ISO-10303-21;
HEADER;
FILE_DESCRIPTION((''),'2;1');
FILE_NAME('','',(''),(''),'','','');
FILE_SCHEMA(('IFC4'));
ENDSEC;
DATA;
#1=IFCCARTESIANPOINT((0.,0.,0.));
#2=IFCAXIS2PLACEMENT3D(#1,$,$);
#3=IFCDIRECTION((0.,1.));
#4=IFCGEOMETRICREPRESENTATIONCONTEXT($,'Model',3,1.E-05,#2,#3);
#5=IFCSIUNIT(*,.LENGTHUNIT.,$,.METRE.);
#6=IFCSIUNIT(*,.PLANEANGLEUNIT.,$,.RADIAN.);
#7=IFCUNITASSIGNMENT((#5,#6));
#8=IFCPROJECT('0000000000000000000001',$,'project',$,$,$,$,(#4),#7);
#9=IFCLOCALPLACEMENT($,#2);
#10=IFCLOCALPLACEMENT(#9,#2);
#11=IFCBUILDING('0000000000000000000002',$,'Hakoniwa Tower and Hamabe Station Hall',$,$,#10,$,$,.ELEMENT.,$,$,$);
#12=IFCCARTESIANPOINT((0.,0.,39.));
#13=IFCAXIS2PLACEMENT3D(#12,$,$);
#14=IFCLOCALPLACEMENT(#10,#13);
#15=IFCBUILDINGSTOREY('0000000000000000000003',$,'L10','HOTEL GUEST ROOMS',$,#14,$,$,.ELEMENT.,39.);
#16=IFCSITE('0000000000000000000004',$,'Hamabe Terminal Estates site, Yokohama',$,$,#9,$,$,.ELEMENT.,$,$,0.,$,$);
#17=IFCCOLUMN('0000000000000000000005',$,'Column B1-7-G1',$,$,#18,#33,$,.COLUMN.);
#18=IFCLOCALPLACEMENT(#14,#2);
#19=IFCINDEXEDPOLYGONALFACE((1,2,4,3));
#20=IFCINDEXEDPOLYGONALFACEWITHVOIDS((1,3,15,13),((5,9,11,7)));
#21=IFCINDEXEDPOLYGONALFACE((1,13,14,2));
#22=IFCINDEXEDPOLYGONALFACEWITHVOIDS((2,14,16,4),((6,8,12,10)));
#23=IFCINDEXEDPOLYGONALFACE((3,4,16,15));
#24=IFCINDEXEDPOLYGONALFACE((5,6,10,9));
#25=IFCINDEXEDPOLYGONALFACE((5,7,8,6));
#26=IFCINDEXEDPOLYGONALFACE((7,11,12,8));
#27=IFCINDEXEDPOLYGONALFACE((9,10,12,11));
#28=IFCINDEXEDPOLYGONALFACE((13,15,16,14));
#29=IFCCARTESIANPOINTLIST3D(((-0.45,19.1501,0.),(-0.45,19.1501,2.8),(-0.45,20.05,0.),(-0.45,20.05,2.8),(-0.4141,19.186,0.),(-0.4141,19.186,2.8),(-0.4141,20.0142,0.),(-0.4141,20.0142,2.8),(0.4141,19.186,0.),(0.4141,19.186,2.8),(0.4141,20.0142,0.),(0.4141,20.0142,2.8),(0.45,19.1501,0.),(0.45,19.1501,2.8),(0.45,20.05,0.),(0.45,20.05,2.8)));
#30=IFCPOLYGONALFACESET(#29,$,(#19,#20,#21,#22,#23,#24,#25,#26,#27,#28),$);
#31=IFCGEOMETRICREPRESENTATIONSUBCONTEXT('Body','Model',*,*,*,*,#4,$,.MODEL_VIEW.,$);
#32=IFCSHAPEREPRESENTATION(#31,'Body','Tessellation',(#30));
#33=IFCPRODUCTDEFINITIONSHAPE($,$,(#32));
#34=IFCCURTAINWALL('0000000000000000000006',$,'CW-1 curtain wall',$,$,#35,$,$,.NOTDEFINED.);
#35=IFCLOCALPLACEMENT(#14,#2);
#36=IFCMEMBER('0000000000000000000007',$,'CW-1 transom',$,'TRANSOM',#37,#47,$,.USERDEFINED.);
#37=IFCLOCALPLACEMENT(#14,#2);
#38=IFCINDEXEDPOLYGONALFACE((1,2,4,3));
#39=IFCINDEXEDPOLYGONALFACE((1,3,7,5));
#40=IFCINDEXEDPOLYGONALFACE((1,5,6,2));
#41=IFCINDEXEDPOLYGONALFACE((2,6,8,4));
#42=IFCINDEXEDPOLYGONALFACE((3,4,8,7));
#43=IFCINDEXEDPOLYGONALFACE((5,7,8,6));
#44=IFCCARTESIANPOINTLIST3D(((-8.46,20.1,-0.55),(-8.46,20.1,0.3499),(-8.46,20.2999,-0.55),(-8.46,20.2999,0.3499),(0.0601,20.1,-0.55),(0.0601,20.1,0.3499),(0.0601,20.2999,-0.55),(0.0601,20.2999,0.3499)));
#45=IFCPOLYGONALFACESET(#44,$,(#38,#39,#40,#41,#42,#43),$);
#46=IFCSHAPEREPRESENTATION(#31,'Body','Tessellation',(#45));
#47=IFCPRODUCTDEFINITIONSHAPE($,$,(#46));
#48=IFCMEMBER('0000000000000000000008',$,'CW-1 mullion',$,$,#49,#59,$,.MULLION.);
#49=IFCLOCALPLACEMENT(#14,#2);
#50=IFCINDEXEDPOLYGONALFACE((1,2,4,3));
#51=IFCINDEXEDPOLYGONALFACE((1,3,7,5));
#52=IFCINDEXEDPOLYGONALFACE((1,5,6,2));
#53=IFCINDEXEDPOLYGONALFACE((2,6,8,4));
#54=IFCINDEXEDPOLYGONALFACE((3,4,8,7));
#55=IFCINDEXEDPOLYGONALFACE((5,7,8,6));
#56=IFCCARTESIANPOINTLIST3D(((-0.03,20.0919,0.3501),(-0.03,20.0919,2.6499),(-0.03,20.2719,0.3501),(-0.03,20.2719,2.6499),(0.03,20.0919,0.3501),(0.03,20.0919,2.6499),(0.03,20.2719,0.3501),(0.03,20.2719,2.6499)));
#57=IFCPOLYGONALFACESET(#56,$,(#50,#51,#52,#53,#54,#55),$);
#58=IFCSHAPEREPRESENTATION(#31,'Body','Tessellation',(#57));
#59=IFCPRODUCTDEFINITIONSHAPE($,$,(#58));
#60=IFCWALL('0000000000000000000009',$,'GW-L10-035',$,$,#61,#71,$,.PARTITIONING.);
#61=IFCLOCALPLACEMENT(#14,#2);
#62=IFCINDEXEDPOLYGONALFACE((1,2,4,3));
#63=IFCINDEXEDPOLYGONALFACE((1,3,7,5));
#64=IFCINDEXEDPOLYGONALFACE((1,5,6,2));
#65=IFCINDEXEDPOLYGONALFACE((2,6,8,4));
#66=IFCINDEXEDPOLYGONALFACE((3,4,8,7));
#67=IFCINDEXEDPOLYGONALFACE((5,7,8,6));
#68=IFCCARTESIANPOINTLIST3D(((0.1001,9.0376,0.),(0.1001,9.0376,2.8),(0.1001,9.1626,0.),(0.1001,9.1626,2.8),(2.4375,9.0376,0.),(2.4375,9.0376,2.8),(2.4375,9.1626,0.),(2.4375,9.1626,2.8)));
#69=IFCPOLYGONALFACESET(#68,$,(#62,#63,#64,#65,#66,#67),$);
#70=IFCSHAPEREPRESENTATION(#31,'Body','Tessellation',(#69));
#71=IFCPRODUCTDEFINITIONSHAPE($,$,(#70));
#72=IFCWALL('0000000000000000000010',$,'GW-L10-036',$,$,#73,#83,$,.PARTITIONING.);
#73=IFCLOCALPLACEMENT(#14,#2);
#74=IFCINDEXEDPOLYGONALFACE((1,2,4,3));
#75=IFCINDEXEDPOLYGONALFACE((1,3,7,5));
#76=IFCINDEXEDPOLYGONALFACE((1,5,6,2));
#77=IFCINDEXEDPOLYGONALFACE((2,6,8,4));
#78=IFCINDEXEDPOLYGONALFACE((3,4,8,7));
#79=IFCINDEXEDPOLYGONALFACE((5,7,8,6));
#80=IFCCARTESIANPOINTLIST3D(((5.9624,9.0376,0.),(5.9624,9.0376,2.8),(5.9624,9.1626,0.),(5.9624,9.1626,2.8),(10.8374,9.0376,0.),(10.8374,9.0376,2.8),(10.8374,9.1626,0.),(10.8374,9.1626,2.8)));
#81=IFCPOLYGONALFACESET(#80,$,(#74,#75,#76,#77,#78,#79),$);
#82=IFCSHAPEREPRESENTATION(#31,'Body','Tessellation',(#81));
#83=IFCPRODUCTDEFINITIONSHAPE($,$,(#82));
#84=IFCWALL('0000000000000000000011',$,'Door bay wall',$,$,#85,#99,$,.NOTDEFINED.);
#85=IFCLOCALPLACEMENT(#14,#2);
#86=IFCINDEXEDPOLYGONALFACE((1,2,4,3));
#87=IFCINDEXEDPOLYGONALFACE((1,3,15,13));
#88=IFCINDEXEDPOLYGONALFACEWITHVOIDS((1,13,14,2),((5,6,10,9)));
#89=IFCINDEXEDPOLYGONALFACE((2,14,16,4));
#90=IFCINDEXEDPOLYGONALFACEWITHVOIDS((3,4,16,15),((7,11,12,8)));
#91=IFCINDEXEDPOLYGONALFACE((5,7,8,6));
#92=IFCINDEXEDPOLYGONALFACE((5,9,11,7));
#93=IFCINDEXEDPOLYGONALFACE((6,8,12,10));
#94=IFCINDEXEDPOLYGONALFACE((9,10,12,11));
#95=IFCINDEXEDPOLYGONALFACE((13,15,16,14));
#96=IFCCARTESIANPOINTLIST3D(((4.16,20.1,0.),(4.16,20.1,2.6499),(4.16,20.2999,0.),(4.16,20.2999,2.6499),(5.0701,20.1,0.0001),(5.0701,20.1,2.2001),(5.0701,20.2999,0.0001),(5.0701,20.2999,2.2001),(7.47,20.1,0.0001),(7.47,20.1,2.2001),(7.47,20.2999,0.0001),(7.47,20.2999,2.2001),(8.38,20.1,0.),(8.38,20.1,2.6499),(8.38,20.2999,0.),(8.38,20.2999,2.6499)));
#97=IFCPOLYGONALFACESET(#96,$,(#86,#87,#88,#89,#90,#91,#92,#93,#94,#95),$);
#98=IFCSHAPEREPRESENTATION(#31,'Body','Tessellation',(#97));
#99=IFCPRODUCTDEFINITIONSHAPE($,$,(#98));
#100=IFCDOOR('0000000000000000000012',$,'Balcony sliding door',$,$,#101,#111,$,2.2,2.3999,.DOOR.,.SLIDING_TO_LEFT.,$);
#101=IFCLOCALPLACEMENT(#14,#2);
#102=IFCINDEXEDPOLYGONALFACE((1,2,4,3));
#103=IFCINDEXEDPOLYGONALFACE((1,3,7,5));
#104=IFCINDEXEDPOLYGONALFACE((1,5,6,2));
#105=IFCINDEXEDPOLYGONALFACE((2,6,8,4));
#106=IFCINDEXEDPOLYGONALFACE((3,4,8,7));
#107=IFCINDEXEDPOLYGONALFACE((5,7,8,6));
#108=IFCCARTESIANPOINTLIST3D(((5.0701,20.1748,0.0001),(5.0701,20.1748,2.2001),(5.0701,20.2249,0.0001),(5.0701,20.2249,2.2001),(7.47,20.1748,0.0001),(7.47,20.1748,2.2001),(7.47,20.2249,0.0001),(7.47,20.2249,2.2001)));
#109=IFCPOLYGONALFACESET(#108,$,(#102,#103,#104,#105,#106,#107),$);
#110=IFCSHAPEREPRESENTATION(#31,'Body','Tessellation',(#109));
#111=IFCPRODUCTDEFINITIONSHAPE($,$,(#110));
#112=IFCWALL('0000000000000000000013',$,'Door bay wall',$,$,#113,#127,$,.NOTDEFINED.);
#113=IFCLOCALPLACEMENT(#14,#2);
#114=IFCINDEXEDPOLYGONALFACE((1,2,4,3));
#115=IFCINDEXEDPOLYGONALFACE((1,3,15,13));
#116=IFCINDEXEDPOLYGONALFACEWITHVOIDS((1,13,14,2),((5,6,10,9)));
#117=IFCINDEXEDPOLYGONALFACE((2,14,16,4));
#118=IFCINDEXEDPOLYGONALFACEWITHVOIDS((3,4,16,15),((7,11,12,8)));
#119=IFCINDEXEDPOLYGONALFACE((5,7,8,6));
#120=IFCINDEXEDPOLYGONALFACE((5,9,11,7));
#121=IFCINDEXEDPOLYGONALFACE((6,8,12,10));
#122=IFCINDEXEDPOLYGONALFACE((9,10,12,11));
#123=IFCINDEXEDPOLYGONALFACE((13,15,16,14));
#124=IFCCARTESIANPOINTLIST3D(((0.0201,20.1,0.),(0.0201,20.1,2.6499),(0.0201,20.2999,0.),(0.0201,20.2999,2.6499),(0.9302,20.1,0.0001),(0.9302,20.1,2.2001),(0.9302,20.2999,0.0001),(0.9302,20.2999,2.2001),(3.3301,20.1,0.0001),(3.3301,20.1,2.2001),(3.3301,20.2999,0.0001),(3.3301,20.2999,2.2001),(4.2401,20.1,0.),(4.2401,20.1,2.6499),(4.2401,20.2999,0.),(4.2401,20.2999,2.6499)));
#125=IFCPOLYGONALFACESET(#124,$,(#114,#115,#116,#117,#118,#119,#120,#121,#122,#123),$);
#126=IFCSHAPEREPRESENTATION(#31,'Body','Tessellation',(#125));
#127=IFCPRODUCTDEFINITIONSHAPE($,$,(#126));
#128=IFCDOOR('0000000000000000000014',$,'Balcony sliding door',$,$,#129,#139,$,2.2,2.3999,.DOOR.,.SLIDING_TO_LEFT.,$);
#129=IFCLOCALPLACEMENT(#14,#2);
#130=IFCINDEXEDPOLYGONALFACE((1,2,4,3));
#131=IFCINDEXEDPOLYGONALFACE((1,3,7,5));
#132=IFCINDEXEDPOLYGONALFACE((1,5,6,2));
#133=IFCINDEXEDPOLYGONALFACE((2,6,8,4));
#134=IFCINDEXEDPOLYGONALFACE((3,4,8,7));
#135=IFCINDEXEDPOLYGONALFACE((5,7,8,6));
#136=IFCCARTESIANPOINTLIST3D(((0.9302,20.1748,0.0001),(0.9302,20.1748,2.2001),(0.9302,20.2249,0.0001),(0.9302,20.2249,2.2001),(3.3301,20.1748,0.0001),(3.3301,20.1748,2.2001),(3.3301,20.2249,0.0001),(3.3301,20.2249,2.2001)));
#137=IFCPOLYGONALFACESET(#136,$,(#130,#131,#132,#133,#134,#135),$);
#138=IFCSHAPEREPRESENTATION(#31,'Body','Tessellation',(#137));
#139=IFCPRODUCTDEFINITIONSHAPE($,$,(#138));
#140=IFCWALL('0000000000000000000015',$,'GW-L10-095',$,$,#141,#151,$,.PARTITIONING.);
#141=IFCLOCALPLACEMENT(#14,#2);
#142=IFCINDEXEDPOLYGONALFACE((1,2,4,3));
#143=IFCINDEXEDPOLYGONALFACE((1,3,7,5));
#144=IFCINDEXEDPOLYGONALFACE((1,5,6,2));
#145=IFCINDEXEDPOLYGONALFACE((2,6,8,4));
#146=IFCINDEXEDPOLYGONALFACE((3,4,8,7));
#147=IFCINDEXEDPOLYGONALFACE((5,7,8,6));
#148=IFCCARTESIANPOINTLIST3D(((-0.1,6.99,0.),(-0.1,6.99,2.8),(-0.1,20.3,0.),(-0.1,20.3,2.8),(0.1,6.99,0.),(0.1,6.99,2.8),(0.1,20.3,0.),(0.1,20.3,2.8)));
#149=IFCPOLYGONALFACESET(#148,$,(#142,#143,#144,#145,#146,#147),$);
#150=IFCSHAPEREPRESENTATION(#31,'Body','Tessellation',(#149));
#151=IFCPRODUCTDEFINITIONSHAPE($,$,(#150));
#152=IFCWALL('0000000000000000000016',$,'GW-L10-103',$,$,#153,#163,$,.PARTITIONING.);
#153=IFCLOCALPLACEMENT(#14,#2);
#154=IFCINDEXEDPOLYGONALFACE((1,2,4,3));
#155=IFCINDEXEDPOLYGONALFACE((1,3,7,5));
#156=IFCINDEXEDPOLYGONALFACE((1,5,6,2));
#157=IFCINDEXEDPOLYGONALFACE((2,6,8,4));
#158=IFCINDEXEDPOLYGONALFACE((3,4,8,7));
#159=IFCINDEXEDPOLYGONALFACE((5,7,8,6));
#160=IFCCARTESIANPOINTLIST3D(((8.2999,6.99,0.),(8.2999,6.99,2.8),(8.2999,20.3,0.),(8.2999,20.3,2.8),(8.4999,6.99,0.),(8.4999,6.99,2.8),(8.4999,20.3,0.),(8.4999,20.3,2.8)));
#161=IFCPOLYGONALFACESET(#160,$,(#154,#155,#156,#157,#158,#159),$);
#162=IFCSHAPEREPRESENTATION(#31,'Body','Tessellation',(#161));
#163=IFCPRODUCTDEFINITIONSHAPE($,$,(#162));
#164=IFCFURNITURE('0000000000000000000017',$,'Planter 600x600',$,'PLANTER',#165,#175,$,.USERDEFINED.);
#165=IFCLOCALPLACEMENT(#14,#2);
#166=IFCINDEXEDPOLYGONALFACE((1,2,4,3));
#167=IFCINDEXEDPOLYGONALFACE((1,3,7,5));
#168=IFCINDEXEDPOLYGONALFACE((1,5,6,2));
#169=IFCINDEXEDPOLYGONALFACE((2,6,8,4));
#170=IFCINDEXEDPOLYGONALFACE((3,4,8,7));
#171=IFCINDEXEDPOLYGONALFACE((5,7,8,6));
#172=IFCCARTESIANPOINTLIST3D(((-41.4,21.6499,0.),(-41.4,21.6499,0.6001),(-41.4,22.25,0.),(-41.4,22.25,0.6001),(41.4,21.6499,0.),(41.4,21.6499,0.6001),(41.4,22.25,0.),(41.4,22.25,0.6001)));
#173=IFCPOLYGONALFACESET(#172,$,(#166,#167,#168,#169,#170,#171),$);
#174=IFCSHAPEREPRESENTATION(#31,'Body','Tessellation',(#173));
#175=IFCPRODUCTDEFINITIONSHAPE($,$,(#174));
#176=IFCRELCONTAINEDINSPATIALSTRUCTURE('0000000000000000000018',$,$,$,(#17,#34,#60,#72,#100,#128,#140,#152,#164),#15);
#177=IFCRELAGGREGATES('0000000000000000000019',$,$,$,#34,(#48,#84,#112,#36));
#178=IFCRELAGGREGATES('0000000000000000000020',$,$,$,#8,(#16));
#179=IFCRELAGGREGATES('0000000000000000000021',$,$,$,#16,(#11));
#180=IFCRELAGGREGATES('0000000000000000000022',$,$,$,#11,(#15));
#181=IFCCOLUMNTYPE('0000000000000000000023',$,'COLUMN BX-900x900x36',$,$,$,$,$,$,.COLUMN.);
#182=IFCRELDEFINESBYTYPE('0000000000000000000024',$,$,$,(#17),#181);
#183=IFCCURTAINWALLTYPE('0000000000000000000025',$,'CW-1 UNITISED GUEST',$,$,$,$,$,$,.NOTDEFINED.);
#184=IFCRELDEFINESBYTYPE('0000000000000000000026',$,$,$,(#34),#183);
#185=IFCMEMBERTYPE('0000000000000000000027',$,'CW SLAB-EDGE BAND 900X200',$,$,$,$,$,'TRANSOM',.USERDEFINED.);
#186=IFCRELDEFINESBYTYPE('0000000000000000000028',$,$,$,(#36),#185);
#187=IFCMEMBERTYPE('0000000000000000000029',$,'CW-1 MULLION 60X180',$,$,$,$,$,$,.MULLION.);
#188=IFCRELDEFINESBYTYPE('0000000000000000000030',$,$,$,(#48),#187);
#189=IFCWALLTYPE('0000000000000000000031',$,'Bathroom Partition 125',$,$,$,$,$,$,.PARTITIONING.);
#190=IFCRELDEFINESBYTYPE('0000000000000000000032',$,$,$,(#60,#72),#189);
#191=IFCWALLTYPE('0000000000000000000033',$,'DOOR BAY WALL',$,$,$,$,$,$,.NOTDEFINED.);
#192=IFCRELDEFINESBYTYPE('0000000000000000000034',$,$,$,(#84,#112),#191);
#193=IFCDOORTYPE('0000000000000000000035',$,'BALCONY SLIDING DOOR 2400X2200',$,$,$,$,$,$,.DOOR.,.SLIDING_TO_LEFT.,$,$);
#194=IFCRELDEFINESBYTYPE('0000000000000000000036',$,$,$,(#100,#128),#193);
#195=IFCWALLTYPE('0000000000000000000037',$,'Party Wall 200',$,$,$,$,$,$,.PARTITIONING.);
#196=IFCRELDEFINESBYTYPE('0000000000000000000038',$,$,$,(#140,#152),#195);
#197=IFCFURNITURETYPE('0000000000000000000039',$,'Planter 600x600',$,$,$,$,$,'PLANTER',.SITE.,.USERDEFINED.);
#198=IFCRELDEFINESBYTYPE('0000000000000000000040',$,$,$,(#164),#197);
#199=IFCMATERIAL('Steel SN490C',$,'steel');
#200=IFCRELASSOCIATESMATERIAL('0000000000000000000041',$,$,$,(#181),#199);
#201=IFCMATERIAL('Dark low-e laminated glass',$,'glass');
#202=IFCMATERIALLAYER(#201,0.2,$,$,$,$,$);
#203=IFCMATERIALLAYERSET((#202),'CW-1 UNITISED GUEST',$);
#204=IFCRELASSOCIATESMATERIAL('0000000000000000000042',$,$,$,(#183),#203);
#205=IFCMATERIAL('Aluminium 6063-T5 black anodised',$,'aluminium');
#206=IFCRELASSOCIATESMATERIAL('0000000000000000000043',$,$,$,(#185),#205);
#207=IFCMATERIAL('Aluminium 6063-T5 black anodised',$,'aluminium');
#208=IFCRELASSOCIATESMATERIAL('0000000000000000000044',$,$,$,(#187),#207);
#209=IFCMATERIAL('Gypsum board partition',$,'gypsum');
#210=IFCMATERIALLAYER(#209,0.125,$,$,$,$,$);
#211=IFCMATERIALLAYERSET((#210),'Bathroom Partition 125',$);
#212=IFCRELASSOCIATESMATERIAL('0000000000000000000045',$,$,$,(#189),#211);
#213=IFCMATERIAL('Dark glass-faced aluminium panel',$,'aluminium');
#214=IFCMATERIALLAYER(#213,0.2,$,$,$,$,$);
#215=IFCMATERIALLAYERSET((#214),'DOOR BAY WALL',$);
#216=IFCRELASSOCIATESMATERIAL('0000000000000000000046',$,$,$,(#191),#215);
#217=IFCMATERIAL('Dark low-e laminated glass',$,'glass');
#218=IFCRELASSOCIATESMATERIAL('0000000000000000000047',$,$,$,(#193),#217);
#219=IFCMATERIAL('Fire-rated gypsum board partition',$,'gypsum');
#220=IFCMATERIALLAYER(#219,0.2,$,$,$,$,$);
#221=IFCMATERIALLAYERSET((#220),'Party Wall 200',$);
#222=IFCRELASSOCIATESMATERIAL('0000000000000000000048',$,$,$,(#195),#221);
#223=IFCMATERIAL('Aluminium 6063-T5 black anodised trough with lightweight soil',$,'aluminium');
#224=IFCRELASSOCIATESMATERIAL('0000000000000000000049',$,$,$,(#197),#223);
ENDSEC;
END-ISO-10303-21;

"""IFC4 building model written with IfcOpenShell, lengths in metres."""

from ifc_helpers import new_model, si_unit, direction, frame, frame_2d, origin, origin_2d, place, context, subcontext, project, spatial, rectangle, hollow_rectangle, extrude, material, layer, layer_set, material_profile, profile_set, type_object, element, fill, aggregate, save


model = new_model("IFC4")

# Units and contexts
model_context = context("Model", 3, precision=1e-05, world=origin(), true_north=direction((0.0, 1.0)))
body_context = subcontext(model_context, "Body", "Model", "MODEL_VIEW")
ifc_project = project(units=[si_unit("LENGTHUNIT", "METRE"), si_unit("PLANEANGLEUNIT", "RADIAN")], contexts=[model_context])

# Site, building, storey
site_placement = place(None, origin())
site = spatial("IfcSite", under=ifc_project, at=site_placement, Name="Hamabe Terminal Estates site, Yokohama", CompositionType="ELEMENT", RefElevation=0.0)
building_placement = place(site_placement, origin())
building = spatial("IfcBuilding", under=site, at=building_placement, Name="Hakoniwa Tower and Hamabe Station Hall", CompositionType="ELEMENT")
storey_placement = place(building_placement, frame((0.0, 0.0, 39.0)))
storey = spatial("IfcBuildingStorey", under=building, at=storey_placement, Name="L10", Description="HOTEL GUEST ROOMS", CompositionType="ELEMENT", Elevation=39.0)

# Column
ifc_material_1 = material(Name="Steel SN490C", Category="steel")
ifc_material_profile_1 = material_profile(ifc_material_1, hollow_rectangle(XDim=0.8999, YDim=0.8999, WallThickness=0.0359, at=origin_2d()), Name="BX-900x900x36")
ifc_profile_set_1 = profile_set([ifc_material_profile_1], Name="Steel SN490C")
column_type = type_object("IfcColumnType", Name="COLUMN BX-900x900x36", PredefinedType="COLUMN", material=ifc_profile_set_1)
column_placement = place(storey_placement, frame((0.0, 19.6001, 0.0), z_axis=(0.0, 0.0, 1.0), x_axis=(1.0, 0.0, 0.0)))
element("IfcColumn", 1, at=column_placement, inside=storey, type_object=column_type, Name="Column B1-7-G1", PredefinedType="COLUMN", context=body_context, shape_type="SweptSolid", body=[
    extrude(hollow_rectangle(XDim=0.8999, YDim=0.8999, WallThickness=0.0359, at=origin_2d()), origin(), (0.0, 0.0, 1.0), 2.8),
])

# Curtain wall, members
ifc_material_2 = material(Name="Dark low-e laminated glass", Category="glass")
ifc_layer_1 = layer(ifc_material_2, 0.2)
ifc_layer_set_1 = layer_set([ifc_layer_1], Name="CW-1 UNITISED GUEST")
curtain_wall_type = type_object("IfcCurtainWallType", Name="CW-1 UNITISED GUEST", PredefinedType="NOTDEFINED", material=ifc_layer_set_1)
curtain_wall_placement = place(storey_placement, origin())
curtain_wall = element("IfcCurtainWall", 2, at=curtain_wall_placement, inside=storey, type_object=curtain_wall_type, Name="CW-1 curtain wall", PredefinedType="NOTDEFINED")
ifc_material_3 = material(Name="Aluminium 6063-T5 black anodised", Category="aluminium")
ifc_material_profile_2 = material_profile(ifc_material_3, rectangle(XDim=0.2, YDim=0.8999, at=origin_2d()), Name="CW SLAB-EDGE BAND 900X200")
ifc_profile_set_2 = profile_set([ifc_material_profile_2], Name="Aluminium 6063-T5 black anodised")
member_type_1 = type_object("IfcMemberType", Name="CW SLAB-EDGE BAND 900X200", ElementType="TRANSOM", PredefinedType="USERDEFINED", material=ifc_profile_set_2)
member_1_placement = place(storey_placement, frame((0.0601, 20.2, -0.1001), z_axis=(-1.0, 0.0, 0.0), x_axis=(0.0, -1.0, 0.0)))
member_1 = element("IfcMember", 3, at=member_1_placement, type_object=member_type_1, Name="CW-1 transom", ObjectType="TRANSOM", PredefinedType="USERDEFINED", context=body_context, shape_type="SweptSolid", body=[
    extrude(rectangle(XDim=0.2, YDim=0.8999, at=origin_2d()), origin(), (0.0, 0.0, 1.0), 8.52),
])
ifc_material_4 = material(Name="Aluminium 6063-T5 black anodised", Category="aluminium")
ifc_material_profile_3 = material_profile(ifc_material_4, rectangle(XDim=0.0601, YDim=0.1799, at=origin_2d()), Name="CW-1 MULLION 60X180")
ifc_profile_set_3 = profile_set([ifc_material_profile_3], Name="Aluminium 6063-T5 black anodised")
member_type_2 = type_object("IfcMemberType", Name="CW-1 MULLION 60X180", PredefinedType="MULLION", material=ifc_profile_set_3)
member_2_placement = place(storey_placement, frame((0.0, 20.1819, 0.3501), z_axis=(0.0, 0.0, 1.0), x_axis=(-1.0, 0.0, 0.0)))
member_2 = element("IfcMember", 4, at=member_2_placement, type_object=member_type_2, Name="CW-1 mullion", PredefinedType="MULLION", context=body_context, shape_type="SweptSolid", body=[
    extrude(rectangle(XDim=0.0601, YDim=0.1799, at=origin_2d()), origin(), (0.0, 0.0, 1.0), 2.2998),
])

# Walls
ifc_material_5 = material(Name="Gypsum board partition", Category="gypsum")
ifc_layer_2 = layer(ifc_material_5, 0.125)
ifc_layer_set_2 = layer_set([ifc_layer_2], Name="Bathroom Partition 125")
wall_type_1 = type_object("IfcWallType", Name="Bathroom Partition 125", PredefinedType="PARTITIONING", material=ifc_layer_set_2)
wall_1_placement = place(storey_placement, frame((0.1001, 9.1001, 0.0), z_axis=(0.0, 0.0, 1.0), x_axis=(1.0, 0.0, 0.0)))
element("IfcWall", 5, at=wall_1_placement, inside=storey, type_object=wall_type_1, Name="GW-L10-035", PredefinedType="PARTITIONING", context=body_context, shape_type="SweptSolid", body=[
    extrude(rectangle(XDim=2.3374, YDim=0.125, at=frame_2d((1.1687, 0.0))), origin(), (0.0, 0.0, 1.0), 2.8),
])
wall_2_placement = place(storey_placement, frame((5.9624, 9.1001, 0.0), z_axis=(0.0, 0.0, 1.0), x_axis=(1.0, 0.0, 0.0)))
element("IfcWall", 6, at=wall_2_placement, inside=storey, type_object=wall_type_1, Name="GW-L10-036", PredefinedType="PARTITIONING", context=body_context, shape_type="SweptSolid", body=[
    extrude(rectangle(XDim=4.875, YDim=0.125, at=frame_2d((2.4375, 0.0))), origin(), (0.0, 0.0, 1.0), 2.8),
])

# Walls, openings, doors
ifc_material_6 = material(Name="Dark glass-faced aluminium panel", Category="aluminium")
ifc_layer_3 = layer(ifc_material_6, 0.2)
ifc_layer_set_3 = layer_set([ifc_layer_3], Name="DOOR BAY WALL")
wall_type_2 = type_object("IfcWallType", Name="DOOR BAY WALL", PredefinedType="NOTDEFINED", material=ifc_layer_set_3)
wall_3_placement = place(storey_placement, frame((8.3799, 20.2, 0.0), z_axis=(0.0, 0.0, 1.0), x_axis=(-1.0, 0.0, 0.0)))
wall_3 = element("IfcWall", 7, at=wall_3_placement, type_object=wall_type_2, Name="Door bay wall", PredefinedType="NOTDEFINED", context=body_context, shape_type="SweptSolid", body=[
    extrude(rectangle(XDim=4.22, YDim=0.2, at=frame_2d((2.1099, 0.0))), origin(), (0.0, 0.0, 1.0), 2.6499),
])
opening_1_placement = place(wall_3_placement, frame((0.9099, 0.0, 0.0)))
opening_1 = element("IfcOpeningElement", 8, at=opening_1_placement, cuts=wall_3, PredefinedType="OPENING", context=body_context, shape_type="SweptSolid", body=[
    extrude(rectangle(XDim=2.3999, YDim=2.2, at=frame_2d((1.2, 1.1001))), frame((0.0, 0.1099, 0.0), z_axis=(0.0, -1.0, 0.0), x_axis=(1.0, 0.0, 0.0)), (0.0, 0.0, 1.0), 0.22),
])
ifc_material_7 = material(Name="Dark low-e laminated glass", Category="glass")
door_type = type_object("IfcDoorType", Name="BALCONY SLIDING DOOR 2400X2200", OperationType="SLIDING_TO_LEFT", PredefinedType="DOOR", material=ifc_material_7)
door_1_placement = place(opening_1_placement, frame((2.3999, 0.0, 0.0), z_axis=(0.0, 0.0, 1.0), x_axis=(-1.0, 0.0, 0.0)))
door_1 = element("IfcDoor", 9, at=door_1_placement, inside=storey, type_object=door_type, Name="Balcony sliding door", OperationType="SLIDING_TO_LEFT", OverallHeight=2.2, OverallWidth=2.3999, PredefinedType="DOOR", context=body_context, shape_type="SweptSolid", body=[
    extrude(rectangle(XDim=2.3999, YDim=2.2, at=frame_2d((1.2, 1.1001))), frame((0.0, 0.0249, 0.0), z_axis=(0.0, -1.0, 0.0), x_axis=(1.0, 0.0, 0.0)), (0.0, 0.0, 1.0), 0.05),
])
fill(opening_1, door_1)
wall_4_placement = place(storey_placement, frame((4.24, 20.2, 0.0), z_axis=(0.0, 0.0, 1.0), x_axis=(-1.0, 0.0, 0.0)))
wall_4 = element("IfcWall", 10, at=wall_4_placement, type_object=wall_type_2, Name="Door bay wall", PredefinedType="NOTDEFINED", context=body_context, shape_type="SweptSolid", body=[
    extrude(rectangle(XDim=4.22, YDim=0.2, at=frame_2d((2.1099, 0.0))), origin(), (0.0, 0.0, 1.0), 2.6499),
])
opening_2_placement = place(wall_4_placement, frame((0.9099, 0.0, 0.0)))
opening_2 = element("IfcOpeningElement", 11, at=opening_2_placement, cuts=wall_4, PredefinedType="OPENING", context=body_context, shape_type="SweptSolid", body=[
    extrude(rectangle(XDim=2.3999, YDim=2.2, at=frame_2d((1.2, 1.1001))), frame((0.0, 0.1099, 0.0), z_axis=(0.0, -1.0, 0.0), x_axis=(1.0, 0.0, 0.0)), (0.0, 0.0, 1.0), 0.22),
])
door_2_placement = place(opening_2_placement, frame((2.3999, 0.0, 0.0), z_axis=(0.0, 0.0, 1.0), x_axis=(-1.0, 0.0, 0.0)))
door_2 = element("IfcDoor", 12, at=door_2_placement, inside=storey, type_object=door_type, Name="Balcony sliding door", OperationType="SLIDING_TO_LEFT", OverallHeight=2.2, OverallWidth=2.3999, PredefinedType="DOOR", context=body_context, shape_type="SweptSolid", body=[
    extrude(rectangle(XDim=2.3999, YDim=2.2, at=frame_2d((1.2, 1.1001))), frame((0.0, 0.0249, 0.0), z_axis=(0.0, -1.0, 0.0), x_axis=(1.0, 0.0, 0.0)), (0.0, 0.0, 1.0), 0.05),
])
fill(opening_2, door_2)
aggregate(curtain_wall, [member_2, wall_3, wall_4, member_1])

# Walls
ifc_material_8 = material(Name="Fire-rated gypsum board partition", Category="gypsum")
ifc_layer_4 = layer(ifc_material_8, 0.2)
ifc_layer_set_4 = layer_set([ifc_layer_4], Name="Party Wall 200")
wall_type_3 = type_object("IfcWallType", Name="Party Wall 200", PredefinedType="PARTITIONING", material=ifc_layer_set_4)
for number, where, z_axis, x_axis, name in (
    (13, (0.0, 6.99, 0.0), (0.0, 0.0, 1.0), (0.0, 1.0, 0.0), "GW-L10-095"),
    (14, (8.3999, 6.99, 0.0), (0.0, 0.0, 1.0), (0.0, 1.0, 0.0), "GW-L10-103"),
):
    element("IfcWall", number, at=place(storey_placement, frame(where, z_axis=z_axis, x_axis=x_axis)), inside=storey, type_object=wall_type_3, Name=name, PredefinedType="PARTITIONING", context=body_context, shape_type="SweptSolid", body=[
        extrude(rectangle(XDim=13.3101, YDim=0.2, at=frame_2d((6.655, 0.0))), origin(), (0.0, 0.0, 1.0), 2.8),
    ])

# Furniture
ifc_material_9 = material(Name="Aluminium 6063-T5 black anodised trough with lightweight soil", Category="aluminium")
furniture_type = type_object("IfcFurnitureType", Name="Planter 600x600", ElementType="PLANTER", AssemblyPlace="SITE", PredefinedType="USERDEFINED", material=ifc_material_9)
furniture_placement = place(storey_placement, frame((0.0, 21.95, 0.0), z_axis=(0.0, 0.0, 1.0), x_axis=(1.0, 0.0, 0.0)))
element("IfcFurniture", 15, at=furniture_placement, inside=storey, type_object=furniture_type, Name="Planter 600x600", ObjectType="PLANTER", PredefinedType="USERDEFINED", context=body_context, shape_type="SweptSolid", body=[
    extrude(rectangle(XDim=82.8, YDim=0.6001, at=origin_2d()), origin(), (0.0, 0.0, 1.0), 0.6001),
])

save(model, "model.ifc")
